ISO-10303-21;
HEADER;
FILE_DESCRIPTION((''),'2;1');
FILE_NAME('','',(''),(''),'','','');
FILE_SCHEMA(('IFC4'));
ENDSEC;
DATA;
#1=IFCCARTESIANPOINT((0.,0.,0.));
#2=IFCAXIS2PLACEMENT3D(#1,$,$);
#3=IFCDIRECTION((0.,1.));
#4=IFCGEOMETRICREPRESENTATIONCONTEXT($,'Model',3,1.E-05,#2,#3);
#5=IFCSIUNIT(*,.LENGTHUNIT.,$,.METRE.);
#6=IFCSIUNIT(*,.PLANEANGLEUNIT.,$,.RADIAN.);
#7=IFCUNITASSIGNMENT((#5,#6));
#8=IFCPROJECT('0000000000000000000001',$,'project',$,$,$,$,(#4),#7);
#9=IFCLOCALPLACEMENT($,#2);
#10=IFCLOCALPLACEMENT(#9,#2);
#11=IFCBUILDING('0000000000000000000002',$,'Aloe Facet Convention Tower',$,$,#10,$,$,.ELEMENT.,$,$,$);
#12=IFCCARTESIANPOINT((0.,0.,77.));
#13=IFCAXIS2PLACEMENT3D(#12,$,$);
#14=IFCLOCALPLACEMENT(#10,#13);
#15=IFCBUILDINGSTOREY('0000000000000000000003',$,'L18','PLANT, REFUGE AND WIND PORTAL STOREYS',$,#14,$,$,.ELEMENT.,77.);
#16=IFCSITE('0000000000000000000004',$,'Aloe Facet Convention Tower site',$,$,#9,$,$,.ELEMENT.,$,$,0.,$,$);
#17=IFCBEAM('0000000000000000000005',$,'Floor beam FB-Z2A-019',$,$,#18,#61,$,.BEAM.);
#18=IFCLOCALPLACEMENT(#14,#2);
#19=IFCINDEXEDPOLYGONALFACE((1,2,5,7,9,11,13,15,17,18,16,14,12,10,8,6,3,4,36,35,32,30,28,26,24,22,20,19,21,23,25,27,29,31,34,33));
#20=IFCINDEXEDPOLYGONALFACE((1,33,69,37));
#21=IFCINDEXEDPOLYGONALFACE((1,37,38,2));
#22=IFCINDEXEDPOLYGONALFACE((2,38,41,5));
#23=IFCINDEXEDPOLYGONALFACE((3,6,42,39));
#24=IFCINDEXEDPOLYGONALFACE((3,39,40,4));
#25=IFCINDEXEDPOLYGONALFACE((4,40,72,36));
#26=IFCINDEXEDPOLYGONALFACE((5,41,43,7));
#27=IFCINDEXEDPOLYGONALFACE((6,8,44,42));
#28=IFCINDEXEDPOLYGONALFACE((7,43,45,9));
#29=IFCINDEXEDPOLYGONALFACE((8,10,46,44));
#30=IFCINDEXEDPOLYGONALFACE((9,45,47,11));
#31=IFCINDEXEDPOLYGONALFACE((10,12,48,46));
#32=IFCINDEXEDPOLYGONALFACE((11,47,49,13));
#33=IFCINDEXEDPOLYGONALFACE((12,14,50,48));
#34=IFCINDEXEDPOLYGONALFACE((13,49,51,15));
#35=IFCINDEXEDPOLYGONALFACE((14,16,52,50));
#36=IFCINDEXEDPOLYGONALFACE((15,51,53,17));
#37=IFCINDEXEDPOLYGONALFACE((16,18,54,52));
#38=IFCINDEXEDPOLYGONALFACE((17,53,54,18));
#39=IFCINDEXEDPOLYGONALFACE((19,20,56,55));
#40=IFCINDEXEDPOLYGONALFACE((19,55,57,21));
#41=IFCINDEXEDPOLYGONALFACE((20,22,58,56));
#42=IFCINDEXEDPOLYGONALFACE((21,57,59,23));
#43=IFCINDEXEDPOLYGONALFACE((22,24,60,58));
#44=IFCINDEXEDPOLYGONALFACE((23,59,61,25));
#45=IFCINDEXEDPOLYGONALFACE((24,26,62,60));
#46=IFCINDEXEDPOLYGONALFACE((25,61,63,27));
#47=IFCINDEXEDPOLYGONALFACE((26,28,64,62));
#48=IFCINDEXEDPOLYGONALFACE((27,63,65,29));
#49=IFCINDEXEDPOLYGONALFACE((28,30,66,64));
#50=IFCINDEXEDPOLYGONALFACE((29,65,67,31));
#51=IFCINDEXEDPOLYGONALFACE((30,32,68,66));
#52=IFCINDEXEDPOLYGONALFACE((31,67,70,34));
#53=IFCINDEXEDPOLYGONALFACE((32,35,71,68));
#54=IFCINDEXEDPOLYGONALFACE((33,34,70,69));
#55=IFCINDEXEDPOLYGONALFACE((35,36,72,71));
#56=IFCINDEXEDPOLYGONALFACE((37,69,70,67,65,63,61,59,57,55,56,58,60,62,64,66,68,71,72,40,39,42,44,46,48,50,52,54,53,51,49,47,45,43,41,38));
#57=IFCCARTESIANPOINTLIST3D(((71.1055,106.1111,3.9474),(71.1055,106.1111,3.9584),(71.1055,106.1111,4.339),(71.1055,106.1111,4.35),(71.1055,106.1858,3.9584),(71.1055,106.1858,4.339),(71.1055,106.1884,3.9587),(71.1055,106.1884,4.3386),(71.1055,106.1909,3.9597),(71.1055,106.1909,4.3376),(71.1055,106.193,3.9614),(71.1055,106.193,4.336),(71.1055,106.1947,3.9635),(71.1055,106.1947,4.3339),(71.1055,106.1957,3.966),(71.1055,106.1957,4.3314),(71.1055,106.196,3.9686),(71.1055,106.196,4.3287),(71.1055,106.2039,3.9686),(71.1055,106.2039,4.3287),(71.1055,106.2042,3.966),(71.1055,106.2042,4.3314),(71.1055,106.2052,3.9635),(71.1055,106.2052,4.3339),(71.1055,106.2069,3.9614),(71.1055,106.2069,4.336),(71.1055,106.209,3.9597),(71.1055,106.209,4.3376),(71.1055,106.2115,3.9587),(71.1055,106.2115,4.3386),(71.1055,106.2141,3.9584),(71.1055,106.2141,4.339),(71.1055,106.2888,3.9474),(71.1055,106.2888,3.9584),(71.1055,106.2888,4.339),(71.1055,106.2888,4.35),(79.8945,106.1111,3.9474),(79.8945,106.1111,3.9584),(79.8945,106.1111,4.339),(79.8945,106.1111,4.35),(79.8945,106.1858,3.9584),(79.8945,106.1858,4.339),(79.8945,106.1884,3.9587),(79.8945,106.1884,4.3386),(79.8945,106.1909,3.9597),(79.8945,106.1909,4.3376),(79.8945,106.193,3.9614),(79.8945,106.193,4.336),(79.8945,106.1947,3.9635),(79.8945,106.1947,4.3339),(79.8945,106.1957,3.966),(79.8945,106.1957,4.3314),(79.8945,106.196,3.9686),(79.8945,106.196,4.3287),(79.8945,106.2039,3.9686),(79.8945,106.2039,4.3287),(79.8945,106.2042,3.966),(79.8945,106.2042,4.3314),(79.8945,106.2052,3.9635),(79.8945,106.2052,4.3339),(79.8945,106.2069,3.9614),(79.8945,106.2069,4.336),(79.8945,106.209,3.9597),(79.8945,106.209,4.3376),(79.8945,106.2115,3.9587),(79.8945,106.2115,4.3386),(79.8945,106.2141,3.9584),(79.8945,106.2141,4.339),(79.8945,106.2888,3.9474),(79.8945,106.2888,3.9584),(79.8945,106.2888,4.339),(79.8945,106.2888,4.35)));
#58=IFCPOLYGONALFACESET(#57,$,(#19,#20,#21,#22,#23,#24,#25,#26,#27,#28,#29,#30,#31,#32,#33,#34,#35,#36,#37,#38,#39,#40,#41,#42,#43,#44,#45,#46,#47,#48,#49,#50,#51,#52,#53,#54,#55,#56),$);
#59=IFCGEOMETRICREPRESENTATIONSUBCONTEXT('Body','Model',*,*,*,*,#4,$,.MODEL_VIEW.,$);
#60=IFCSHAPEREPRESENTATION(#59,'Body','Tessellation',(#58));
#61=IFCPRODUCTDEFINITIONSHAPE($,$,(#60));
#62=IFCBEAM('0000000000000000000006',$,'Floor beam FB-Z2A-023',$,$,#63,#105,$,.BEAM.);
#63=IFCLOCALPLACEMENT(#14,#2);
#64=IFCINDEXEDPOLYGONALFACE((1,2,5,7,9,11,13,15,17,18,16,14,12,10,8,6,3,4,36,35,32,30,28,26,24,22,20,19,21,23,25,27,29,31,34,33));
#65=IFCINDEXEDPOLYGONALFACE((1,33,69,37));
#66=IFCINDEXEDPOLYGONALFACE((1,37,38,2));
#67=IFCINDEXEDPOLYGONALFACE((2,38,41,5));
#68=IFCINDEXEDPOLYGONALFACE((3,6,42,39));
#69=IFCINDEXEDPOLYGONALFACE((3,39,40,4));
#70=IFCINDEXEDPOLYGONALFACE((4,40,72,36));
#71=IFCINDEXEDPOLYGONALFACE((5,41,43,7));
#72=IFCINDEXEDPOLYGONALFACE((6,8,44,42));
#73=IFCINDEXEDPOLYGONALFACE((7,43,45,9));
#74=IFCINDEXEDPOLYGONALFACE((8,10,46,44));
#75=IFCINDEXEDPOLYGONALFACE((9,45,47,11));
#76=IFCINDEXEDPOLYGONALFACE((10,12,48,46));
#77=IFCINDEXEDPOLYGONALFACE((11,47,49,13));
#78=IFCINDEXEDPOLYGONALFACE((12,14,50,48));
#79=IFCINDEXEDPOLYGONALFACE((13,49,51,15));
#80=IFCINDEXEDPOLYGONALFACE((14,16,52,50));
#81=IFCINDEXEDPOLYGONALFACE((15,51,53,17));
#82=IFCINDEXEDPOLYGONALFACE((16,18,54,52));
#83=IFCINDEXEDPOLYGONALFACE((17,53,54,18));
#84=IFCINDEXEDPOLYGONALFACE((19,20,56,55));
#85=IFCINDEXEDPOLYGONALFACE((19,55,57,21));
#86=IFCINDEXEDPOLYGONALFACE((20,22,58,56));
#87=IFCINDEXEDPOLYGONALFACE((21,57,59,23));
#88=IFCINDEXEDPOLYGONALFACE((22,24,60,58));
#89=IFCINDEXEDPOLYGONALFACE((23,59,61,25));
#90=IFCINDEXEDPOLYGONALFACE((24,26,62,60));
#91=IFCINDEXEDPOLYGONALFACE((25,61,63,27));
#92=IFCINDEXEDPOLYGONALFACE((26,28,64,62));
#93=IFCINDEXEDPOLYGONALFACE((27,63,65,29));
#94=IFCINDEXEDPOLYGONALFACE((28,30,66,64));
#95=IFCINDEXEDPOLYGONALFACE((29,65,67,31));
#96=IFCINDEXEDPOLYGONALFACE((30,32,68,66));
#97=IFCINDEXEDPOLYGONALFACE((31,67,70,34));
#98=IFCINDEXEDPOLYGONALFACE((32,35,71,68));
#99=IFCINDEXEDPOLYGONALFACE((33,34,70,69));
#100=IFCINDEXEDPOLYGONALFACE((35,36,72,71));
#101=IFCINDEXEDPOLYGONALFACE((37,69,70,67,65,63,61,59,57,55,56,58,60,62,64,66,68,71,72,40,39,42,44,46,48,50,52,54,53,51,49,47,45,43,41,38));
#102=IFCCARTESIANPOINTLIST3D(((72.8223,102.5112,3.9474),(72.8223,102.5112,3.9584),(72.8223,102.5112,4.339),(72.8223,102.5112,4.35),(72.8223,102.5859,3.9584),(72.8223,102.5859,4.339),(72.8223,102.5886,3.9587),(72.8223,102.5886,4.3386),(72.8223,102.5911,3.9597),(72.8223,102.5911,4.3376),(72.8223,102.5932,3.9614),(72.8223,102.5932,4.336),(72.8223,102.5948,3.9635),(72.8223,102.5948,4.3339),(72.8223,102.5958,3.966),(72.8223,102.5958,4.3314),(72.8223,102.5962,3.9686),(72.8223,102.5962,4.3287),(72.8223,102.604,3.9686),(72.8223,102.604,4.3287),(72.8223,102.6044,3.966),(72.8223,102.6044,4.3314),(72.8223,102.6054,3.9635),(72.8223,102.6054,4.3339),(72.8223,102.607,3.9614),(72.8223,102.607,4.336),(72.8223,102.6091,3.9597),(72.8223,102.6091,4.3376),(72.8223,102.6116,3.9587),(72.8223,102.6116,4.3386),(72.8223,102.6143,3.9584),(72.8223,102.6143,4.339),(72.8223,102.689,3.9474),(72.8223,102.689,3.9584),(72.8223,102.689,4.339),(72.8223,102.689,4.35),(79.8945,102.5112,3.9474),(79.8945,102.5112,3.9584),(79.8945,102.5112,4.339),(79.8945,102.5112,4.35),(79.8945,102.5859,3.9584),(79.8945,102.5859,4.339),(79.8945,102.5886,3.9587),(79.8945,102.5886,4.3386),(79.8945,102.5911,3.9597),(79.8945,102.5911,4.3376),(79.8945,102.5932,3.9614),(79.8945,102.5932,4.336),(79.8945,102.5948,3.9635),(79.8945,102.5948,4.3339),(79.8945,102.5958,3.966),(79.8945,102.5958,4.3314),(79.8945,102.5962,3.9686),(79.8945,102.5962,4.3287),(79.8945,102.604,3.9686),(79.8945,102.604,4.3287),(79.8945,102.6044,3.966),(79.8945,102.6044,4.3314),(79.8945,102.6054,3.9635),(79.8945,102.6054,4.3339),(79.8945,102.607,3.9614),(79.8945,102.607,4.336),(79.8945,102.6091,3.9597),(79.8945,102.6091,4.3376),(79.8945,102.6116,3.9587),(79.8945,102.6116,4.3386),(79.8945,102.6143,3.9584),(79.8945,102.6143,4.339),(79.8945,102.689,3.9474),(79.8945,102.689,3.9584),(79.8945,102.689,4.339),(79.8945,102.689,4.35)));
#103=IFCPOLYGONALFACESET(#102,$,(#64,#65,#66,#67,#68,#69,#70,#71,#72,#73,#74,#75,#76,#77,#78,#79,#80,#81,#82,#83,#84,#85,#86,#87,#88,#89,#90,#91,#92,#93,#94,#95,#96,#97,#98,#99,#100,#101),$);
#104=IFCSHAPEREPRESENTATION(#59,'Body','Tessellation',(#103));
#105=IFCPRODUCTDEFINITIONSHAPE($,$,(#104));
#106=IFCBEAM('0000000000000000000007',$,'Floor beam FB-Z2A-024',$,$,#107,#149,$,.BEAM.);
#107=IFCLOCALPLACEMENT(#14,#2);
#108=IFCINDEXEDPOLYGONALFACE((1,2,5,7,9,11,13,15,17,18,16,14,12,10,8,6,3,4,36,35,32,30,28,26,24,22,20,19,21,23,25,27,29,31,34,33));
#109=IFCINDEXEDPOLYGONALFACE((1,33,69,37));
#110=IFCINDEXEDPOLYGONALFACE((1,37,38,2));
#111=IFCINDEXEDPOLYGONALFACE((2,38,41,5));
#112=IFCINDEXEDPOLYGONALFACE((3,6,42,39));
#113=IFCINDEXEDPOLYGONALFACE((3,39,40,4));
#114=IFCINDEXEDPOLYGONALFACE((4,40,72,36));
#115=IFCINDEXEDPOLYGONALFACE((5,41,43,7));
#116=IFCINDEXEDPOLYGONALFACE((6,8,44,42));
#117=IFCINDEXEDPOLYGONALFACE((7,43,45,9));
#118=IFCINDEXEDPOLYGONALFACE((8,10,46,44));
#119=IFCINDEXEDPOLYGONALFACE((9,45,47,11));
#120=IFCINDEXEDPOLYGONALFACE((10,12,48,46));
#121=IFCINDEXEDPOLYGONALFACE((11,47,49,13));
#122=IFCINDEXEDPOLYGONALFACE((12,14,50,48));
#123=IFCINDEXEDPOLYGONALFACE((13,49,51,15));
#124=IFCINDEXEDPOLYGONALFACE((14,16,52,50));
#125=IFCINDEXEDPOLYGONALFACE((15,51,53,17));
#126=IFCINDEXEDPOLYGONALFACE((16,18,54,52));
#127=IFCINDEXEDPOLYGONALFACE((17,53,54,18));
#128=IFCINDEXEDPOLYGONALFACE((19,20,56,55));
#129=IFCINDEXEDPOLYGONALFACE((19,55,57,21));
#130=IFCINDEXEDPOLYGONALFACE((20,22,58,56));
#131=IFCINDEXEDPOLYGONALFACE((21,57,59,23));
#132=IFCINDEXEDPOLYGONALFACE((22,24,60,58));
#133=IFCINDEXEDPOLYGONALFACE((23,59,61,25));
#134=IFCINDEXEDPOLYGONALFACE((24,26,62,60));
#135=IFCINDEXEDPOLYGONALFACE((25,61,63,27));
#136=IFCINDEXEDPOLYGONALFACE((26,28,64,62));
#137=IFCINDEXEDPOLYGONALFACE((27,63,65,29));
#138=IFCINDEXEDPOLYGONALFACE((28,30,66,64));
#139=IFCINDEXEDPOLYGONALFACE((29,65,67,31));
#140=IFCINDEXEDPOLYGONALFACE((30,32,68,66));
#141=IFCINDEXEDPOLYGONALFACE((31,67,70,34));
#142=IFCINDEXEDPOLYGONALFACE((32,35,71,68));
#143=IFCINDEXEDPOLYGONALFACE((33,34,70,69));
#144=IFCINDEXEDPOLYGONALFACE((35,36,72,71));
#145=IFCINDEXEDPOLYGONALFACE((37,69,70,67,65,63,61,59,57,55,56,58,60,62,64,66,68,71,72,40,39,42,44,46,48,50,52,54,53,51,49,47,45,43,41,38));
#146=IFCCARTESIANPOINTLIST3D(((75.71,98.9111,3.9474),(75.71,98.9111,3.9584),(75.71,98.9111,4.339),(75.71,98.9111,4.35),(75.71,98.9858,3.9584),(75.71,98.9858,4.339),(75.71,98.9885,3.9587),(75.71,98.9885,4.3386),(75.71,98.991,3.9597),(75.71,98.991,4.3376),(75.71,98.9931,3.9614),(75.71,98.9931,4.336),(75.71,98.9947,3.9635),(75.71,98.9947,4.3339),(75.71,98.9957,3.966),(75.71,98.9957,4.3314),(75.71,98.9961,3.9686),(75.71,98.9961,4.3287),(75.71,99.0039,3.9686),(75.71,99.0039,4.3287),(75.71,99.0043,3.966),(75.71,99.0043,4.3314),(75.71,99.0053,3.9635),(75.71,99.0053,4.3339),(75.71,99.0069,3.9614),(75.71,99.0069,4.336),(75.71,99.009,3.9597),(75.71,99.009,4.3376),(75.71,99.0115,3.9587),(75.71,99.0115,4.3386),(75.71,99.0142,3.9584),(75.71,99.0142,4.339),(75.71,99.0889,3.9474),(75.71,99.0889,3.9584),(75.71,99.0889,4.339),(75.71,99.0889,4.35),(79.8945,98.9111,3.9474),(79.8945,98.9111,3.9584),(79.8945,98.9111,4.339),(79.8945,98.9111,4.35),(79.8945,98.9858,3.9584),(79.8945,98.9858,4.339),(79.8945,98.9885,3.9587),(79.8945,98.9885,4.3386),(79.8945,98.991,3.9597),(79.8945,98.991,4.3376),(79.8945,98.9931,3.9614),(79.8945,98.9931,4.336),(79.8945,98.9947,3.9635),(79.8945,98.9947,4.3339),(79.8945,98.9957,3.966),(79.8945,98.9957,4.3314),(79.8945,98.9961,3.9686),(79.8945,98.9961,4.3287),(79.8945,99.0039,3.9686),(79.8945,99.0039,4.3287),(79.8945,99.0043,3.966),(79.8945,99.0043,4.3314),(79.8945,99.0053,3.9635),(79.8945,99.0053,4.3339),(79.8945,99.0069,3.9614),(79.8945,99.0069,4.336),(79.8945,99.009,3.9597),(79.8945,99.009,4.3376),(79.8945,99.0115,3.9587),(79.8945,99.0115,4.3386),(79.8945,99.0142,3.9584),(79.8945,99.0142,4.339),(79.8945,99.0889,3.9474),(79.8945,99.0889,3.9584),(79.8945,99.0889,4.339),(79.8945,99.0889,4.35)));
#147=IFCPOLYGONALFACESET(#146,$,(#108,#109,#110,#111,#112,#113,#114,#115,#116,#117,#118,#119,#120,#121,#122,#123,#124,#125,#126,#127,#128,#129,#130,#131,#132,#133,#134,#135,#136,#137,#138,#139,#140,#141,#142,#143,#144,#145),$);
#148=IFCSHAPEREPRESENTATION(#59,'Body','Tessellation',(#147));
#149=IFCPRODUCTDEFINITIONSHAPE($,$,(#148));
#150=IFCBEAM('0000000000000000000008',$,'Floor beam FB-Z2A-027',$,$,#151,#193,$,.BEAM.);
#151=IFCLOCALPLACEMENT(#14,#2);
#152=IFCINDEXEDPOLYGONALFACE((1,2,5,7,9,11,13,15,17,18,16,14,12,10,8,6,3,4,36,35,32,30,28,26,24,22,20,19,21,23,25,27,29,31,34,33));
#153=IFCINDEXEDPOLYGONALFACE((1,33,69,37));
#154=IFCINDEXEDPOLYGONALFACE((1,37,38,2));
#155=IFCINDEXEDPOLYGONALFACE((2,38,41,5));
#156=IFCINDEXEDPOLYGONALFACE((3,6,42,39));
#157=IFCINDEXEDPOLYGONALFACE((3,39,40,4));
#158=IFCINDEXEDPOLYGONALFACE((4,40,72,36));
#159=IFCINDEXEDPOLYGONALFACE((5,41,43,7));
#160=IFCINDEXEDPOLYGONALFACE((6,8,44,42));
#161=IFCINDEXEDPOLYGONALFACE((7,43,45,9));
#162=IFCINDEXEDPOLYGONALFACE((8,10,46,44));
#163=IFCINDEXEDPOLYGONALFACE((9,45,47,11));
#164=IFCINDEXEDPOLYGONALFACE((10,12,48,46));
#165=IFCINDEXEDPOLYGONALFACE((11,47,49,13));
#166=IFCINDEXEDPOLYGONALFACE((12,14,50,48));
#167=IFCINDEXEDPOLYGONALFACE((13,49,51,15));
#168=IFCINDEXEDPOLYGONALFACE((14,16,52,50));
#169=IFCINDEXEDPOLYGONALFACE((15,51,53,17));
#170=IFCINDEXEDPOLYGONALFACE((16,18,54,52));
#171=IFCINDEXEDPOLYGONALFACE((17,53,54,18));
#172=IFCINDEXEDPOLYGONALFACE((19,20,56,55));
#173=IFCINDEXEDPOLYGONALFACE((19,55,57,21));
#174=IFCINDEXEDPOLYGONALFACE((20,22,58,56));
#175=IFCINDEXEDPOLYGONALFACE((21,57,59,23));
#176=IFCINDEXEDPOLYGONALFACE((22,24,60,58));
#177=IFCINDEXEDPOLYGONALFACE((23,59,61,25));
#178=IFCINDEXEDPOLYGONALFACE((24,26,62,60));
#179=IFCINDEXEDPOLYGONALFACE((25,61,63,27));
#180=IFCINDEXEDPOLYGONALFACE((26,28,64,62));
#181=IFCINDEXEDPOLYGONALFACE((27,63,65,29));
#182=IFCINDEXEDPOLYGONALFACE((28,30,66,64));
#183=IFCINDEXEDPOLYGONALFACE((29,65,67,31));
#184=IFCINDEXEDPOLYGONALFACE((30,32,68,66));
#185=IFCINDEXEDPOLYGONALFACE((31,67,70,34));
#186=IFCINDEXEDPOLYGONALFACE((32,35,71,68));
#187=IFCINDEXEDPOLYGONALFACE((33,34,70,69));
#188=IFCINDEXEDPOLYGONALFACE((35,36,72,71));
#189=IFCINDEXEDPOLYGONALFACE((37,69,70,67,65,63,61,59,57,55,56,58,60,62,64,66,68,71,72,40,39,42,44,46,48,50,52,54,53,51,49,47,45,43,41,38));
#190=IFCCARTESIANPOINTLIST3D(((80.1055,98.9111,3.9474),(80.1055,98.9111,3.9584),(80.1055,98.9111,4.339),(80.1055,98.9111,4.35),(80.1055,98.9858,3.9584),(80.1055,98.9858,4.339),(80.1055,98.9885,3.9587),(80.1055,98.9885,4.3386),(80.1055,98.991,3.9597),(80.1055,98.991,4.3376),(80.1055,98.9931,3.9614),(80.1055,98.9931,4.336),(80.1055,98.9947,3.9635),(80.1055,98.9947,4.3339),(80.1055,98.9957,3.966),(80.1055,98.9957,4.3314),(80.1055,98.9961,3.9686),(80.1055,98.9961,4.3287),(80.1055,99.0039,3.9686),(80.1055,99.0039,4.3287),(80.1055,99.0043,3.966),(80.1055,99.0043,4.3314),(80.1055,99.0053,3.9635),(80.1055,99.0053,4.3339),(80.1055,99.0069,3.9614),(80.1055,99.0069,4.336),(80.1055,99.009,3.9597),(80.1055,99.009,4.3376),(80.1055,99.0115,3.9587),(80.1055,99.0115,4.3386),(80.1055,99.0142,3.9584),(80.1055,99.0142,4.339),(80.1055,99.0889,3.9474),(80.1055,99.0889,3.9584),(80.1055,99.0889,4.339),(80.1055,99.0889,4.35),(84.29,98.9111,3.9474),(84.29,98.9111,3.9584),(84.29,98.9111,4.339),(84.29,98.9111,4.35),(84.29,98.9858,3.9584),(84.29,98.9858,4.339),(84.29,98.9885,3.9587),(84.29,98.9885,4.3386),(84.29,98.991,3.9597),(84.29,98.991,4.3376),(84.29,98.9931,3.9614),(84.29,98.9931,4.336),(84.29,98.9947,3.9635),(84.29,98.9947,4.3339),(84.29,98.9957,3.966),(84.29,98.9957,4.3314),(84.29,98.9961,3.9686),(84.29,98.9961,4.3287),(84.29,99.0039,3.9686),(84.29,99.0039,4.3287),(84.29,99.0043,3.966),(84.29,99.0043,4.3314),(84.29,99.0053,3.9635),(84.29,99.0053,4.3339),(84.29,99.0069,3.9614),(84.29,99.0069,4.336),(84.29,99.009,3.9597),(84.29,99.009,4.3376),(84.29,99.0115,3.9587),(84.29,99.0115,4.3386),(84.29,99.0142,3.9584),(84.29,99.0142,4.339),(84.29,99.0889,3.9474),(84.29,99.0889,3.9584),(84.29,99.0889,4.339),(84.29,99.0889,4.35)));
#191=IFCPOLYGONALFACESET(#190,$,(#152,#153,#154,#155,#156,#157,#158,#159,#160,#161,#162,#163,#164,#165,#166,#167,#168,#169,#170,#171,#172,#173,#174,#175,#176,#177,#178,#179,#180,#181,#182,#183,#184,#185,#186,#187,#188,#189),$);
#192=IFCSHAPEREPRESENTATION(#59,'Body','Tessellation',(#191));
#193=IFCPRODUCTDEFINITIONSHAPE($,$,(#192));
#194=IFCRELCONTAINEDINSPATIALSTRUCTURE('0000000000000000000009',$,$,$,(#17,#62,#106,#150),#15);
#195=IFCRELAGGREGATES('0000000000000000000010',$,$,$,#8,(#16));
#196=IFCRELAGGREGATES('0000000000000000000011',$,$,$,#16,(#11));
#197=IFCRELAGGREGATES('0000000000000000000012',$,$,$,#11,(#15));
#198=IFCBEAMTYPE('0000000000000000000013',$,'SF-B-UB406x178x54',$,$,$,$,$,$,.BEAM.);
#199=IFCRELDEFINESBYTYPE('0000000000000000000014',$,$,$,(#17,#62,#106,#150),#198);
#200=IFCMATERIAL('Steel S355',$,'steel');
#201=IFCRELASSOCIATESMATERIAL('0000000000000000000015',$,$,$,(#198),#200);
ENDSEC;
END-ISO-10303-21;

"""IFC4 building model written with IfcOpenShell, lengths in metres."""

from ifc_helpers import new_model, si_unit, direction, frame, origin, origin_2d, place, context, subcontext, project, spatial, i_section, extrude, material, material_profile, profile_set, type_object, element, save


model = new_model("IFC4")

# Units and contexts
model_context = context("Model", 3, precision=1e-05, world=origin(), true_north=direction((0.0, 1.0)))
body_context = subcontext(model_context, "Body", "Model", "MODEL_VIEW")
ifc_project = project(units=[si_unit("LENGTHUNIT", "METRE"), si_unit("PLANEANGLEUNIT", "RADIAN")], contexts=[model_context])

# Site, building, storey
site_placement = place(None, origin())
site = spatial("IfcSite", under=ifc_project, at=site_placement, Name="Aloe Facet Convention Tower site", CompositionType="ELEMENT", RefElevation=0.0)
building_placement = place(site_placement, origin())
building = spatial("IfcBuilding", under=site, at=building_placement, Name="Aloe Facet Convention Tower", CompositionType="ELEMENT")
storey_placement = place(building_placement, frame((0.0, 0.0, 77.0)))
storey = spatial("IfcBuildingStorey", under=building, at=storey_placement, Name="L18", Description="PLANT, REFUGE AND WIND PORTAL STOREYS", CompositionType="ELEMENT", Elevation=77.0)

# Beams
ifc_material_1 = material(Name="Steel S355", Category="steel")
ifc_material_profile_1 = material_profile(ifc_material_1, i_section(OverallWidth=0.1777, OverallDepth=0.4026, WebThickness=0.0078, FlangeThickness=0.011, FilletRadius=0.0103, at=origin_2d()), Name="UB 406x178x54")
ifc_profile_set_1 = profile_set([ifc_material_profile_1], Name="Steel S355")
beam_type = type_object("IfcBeamType", Name="SF-B-UB406x178x54", PredefinedType="BEAM", material=ifc_profile_set_1)
beam_1_placement = place(storey_placement, frame((71.1055, 106.2, 4.1487), z_axis=(1.0, 0.0, 0.0), x_axis=(0.0, 1.0, 0.0)))
element("IfcBeam", 1, at=beam_1_placement, inside=storey, type_object=beam_type, Name="Floor beam FB-Z2A-019", PredefinedType="BEAM", context=body_context, shape_type="SweptSolid", body=[
    extrude(i_section(OverallWidth=0.1777, OverallDepth=0.4026, WebThickness=0.0078, FlangeThickness=0.011, FilletRadius=0.0103, at=origin_2d()), origin(), (0.0, 0.0, 1.0), 8.7891),
])
beam_2_placement = place(storey_placement, frame((72.8223, 102.6001, 4.1487), z_axis=(1.0, 0.0, 0.0), x_axis=(0.0, 1.0, 0.0)))
element("IfcBeam", 2, at=beam_2_placement, inside=storey, type_object=beam_type, Name="Floor beam FB-Z2A-023", PredefinedType="BEAM", context=body_context, shape_type="SweptSolid", body=[
    extrude(i_section(OverallWidth=0.1777, OverallDepth=0.4026, WebThickness=0.0078, FlangeThickness=0.011, FilletRadius=0.0103, at=origin_2d()), origin(), (0.0, 0.0, 1.0), 7.0723),
])
for number, where, z_axis, x_axis, name in (
    (3, (75.71, 99.0, 4.1487), (1.0, 0.0, 0.0), (0.0, 1.0, 0.0), "Floor beam FB-Z2A-024"),
    (4, (80.1055, 99.0, 4.1487), (1.0, 0.0, 0.0), (0.0, 1.0, 0.0), "Floor beam FB-Z2A-027"),
):
    element("IfcBeam", number, at=place(storey_placement, frame(where, z_axis=z_axis, x_axis=x_axis)), inside=storey, type_object=beam_type, Name=name, PredefinedType="BEAM", context=body_context, shape_type="SweptSolid", body=[
        extrude(i_section(OverallWidth=0.1777, OverallDepth=0.4026, WebThickness=0.0078, FlangeThickness=0.011, FilletRadius=0.0103, at=origin_2d()), origin(), (0.0, 0.0, 1.0), 4.1846),
    ])

save(model, "model.ifc")
